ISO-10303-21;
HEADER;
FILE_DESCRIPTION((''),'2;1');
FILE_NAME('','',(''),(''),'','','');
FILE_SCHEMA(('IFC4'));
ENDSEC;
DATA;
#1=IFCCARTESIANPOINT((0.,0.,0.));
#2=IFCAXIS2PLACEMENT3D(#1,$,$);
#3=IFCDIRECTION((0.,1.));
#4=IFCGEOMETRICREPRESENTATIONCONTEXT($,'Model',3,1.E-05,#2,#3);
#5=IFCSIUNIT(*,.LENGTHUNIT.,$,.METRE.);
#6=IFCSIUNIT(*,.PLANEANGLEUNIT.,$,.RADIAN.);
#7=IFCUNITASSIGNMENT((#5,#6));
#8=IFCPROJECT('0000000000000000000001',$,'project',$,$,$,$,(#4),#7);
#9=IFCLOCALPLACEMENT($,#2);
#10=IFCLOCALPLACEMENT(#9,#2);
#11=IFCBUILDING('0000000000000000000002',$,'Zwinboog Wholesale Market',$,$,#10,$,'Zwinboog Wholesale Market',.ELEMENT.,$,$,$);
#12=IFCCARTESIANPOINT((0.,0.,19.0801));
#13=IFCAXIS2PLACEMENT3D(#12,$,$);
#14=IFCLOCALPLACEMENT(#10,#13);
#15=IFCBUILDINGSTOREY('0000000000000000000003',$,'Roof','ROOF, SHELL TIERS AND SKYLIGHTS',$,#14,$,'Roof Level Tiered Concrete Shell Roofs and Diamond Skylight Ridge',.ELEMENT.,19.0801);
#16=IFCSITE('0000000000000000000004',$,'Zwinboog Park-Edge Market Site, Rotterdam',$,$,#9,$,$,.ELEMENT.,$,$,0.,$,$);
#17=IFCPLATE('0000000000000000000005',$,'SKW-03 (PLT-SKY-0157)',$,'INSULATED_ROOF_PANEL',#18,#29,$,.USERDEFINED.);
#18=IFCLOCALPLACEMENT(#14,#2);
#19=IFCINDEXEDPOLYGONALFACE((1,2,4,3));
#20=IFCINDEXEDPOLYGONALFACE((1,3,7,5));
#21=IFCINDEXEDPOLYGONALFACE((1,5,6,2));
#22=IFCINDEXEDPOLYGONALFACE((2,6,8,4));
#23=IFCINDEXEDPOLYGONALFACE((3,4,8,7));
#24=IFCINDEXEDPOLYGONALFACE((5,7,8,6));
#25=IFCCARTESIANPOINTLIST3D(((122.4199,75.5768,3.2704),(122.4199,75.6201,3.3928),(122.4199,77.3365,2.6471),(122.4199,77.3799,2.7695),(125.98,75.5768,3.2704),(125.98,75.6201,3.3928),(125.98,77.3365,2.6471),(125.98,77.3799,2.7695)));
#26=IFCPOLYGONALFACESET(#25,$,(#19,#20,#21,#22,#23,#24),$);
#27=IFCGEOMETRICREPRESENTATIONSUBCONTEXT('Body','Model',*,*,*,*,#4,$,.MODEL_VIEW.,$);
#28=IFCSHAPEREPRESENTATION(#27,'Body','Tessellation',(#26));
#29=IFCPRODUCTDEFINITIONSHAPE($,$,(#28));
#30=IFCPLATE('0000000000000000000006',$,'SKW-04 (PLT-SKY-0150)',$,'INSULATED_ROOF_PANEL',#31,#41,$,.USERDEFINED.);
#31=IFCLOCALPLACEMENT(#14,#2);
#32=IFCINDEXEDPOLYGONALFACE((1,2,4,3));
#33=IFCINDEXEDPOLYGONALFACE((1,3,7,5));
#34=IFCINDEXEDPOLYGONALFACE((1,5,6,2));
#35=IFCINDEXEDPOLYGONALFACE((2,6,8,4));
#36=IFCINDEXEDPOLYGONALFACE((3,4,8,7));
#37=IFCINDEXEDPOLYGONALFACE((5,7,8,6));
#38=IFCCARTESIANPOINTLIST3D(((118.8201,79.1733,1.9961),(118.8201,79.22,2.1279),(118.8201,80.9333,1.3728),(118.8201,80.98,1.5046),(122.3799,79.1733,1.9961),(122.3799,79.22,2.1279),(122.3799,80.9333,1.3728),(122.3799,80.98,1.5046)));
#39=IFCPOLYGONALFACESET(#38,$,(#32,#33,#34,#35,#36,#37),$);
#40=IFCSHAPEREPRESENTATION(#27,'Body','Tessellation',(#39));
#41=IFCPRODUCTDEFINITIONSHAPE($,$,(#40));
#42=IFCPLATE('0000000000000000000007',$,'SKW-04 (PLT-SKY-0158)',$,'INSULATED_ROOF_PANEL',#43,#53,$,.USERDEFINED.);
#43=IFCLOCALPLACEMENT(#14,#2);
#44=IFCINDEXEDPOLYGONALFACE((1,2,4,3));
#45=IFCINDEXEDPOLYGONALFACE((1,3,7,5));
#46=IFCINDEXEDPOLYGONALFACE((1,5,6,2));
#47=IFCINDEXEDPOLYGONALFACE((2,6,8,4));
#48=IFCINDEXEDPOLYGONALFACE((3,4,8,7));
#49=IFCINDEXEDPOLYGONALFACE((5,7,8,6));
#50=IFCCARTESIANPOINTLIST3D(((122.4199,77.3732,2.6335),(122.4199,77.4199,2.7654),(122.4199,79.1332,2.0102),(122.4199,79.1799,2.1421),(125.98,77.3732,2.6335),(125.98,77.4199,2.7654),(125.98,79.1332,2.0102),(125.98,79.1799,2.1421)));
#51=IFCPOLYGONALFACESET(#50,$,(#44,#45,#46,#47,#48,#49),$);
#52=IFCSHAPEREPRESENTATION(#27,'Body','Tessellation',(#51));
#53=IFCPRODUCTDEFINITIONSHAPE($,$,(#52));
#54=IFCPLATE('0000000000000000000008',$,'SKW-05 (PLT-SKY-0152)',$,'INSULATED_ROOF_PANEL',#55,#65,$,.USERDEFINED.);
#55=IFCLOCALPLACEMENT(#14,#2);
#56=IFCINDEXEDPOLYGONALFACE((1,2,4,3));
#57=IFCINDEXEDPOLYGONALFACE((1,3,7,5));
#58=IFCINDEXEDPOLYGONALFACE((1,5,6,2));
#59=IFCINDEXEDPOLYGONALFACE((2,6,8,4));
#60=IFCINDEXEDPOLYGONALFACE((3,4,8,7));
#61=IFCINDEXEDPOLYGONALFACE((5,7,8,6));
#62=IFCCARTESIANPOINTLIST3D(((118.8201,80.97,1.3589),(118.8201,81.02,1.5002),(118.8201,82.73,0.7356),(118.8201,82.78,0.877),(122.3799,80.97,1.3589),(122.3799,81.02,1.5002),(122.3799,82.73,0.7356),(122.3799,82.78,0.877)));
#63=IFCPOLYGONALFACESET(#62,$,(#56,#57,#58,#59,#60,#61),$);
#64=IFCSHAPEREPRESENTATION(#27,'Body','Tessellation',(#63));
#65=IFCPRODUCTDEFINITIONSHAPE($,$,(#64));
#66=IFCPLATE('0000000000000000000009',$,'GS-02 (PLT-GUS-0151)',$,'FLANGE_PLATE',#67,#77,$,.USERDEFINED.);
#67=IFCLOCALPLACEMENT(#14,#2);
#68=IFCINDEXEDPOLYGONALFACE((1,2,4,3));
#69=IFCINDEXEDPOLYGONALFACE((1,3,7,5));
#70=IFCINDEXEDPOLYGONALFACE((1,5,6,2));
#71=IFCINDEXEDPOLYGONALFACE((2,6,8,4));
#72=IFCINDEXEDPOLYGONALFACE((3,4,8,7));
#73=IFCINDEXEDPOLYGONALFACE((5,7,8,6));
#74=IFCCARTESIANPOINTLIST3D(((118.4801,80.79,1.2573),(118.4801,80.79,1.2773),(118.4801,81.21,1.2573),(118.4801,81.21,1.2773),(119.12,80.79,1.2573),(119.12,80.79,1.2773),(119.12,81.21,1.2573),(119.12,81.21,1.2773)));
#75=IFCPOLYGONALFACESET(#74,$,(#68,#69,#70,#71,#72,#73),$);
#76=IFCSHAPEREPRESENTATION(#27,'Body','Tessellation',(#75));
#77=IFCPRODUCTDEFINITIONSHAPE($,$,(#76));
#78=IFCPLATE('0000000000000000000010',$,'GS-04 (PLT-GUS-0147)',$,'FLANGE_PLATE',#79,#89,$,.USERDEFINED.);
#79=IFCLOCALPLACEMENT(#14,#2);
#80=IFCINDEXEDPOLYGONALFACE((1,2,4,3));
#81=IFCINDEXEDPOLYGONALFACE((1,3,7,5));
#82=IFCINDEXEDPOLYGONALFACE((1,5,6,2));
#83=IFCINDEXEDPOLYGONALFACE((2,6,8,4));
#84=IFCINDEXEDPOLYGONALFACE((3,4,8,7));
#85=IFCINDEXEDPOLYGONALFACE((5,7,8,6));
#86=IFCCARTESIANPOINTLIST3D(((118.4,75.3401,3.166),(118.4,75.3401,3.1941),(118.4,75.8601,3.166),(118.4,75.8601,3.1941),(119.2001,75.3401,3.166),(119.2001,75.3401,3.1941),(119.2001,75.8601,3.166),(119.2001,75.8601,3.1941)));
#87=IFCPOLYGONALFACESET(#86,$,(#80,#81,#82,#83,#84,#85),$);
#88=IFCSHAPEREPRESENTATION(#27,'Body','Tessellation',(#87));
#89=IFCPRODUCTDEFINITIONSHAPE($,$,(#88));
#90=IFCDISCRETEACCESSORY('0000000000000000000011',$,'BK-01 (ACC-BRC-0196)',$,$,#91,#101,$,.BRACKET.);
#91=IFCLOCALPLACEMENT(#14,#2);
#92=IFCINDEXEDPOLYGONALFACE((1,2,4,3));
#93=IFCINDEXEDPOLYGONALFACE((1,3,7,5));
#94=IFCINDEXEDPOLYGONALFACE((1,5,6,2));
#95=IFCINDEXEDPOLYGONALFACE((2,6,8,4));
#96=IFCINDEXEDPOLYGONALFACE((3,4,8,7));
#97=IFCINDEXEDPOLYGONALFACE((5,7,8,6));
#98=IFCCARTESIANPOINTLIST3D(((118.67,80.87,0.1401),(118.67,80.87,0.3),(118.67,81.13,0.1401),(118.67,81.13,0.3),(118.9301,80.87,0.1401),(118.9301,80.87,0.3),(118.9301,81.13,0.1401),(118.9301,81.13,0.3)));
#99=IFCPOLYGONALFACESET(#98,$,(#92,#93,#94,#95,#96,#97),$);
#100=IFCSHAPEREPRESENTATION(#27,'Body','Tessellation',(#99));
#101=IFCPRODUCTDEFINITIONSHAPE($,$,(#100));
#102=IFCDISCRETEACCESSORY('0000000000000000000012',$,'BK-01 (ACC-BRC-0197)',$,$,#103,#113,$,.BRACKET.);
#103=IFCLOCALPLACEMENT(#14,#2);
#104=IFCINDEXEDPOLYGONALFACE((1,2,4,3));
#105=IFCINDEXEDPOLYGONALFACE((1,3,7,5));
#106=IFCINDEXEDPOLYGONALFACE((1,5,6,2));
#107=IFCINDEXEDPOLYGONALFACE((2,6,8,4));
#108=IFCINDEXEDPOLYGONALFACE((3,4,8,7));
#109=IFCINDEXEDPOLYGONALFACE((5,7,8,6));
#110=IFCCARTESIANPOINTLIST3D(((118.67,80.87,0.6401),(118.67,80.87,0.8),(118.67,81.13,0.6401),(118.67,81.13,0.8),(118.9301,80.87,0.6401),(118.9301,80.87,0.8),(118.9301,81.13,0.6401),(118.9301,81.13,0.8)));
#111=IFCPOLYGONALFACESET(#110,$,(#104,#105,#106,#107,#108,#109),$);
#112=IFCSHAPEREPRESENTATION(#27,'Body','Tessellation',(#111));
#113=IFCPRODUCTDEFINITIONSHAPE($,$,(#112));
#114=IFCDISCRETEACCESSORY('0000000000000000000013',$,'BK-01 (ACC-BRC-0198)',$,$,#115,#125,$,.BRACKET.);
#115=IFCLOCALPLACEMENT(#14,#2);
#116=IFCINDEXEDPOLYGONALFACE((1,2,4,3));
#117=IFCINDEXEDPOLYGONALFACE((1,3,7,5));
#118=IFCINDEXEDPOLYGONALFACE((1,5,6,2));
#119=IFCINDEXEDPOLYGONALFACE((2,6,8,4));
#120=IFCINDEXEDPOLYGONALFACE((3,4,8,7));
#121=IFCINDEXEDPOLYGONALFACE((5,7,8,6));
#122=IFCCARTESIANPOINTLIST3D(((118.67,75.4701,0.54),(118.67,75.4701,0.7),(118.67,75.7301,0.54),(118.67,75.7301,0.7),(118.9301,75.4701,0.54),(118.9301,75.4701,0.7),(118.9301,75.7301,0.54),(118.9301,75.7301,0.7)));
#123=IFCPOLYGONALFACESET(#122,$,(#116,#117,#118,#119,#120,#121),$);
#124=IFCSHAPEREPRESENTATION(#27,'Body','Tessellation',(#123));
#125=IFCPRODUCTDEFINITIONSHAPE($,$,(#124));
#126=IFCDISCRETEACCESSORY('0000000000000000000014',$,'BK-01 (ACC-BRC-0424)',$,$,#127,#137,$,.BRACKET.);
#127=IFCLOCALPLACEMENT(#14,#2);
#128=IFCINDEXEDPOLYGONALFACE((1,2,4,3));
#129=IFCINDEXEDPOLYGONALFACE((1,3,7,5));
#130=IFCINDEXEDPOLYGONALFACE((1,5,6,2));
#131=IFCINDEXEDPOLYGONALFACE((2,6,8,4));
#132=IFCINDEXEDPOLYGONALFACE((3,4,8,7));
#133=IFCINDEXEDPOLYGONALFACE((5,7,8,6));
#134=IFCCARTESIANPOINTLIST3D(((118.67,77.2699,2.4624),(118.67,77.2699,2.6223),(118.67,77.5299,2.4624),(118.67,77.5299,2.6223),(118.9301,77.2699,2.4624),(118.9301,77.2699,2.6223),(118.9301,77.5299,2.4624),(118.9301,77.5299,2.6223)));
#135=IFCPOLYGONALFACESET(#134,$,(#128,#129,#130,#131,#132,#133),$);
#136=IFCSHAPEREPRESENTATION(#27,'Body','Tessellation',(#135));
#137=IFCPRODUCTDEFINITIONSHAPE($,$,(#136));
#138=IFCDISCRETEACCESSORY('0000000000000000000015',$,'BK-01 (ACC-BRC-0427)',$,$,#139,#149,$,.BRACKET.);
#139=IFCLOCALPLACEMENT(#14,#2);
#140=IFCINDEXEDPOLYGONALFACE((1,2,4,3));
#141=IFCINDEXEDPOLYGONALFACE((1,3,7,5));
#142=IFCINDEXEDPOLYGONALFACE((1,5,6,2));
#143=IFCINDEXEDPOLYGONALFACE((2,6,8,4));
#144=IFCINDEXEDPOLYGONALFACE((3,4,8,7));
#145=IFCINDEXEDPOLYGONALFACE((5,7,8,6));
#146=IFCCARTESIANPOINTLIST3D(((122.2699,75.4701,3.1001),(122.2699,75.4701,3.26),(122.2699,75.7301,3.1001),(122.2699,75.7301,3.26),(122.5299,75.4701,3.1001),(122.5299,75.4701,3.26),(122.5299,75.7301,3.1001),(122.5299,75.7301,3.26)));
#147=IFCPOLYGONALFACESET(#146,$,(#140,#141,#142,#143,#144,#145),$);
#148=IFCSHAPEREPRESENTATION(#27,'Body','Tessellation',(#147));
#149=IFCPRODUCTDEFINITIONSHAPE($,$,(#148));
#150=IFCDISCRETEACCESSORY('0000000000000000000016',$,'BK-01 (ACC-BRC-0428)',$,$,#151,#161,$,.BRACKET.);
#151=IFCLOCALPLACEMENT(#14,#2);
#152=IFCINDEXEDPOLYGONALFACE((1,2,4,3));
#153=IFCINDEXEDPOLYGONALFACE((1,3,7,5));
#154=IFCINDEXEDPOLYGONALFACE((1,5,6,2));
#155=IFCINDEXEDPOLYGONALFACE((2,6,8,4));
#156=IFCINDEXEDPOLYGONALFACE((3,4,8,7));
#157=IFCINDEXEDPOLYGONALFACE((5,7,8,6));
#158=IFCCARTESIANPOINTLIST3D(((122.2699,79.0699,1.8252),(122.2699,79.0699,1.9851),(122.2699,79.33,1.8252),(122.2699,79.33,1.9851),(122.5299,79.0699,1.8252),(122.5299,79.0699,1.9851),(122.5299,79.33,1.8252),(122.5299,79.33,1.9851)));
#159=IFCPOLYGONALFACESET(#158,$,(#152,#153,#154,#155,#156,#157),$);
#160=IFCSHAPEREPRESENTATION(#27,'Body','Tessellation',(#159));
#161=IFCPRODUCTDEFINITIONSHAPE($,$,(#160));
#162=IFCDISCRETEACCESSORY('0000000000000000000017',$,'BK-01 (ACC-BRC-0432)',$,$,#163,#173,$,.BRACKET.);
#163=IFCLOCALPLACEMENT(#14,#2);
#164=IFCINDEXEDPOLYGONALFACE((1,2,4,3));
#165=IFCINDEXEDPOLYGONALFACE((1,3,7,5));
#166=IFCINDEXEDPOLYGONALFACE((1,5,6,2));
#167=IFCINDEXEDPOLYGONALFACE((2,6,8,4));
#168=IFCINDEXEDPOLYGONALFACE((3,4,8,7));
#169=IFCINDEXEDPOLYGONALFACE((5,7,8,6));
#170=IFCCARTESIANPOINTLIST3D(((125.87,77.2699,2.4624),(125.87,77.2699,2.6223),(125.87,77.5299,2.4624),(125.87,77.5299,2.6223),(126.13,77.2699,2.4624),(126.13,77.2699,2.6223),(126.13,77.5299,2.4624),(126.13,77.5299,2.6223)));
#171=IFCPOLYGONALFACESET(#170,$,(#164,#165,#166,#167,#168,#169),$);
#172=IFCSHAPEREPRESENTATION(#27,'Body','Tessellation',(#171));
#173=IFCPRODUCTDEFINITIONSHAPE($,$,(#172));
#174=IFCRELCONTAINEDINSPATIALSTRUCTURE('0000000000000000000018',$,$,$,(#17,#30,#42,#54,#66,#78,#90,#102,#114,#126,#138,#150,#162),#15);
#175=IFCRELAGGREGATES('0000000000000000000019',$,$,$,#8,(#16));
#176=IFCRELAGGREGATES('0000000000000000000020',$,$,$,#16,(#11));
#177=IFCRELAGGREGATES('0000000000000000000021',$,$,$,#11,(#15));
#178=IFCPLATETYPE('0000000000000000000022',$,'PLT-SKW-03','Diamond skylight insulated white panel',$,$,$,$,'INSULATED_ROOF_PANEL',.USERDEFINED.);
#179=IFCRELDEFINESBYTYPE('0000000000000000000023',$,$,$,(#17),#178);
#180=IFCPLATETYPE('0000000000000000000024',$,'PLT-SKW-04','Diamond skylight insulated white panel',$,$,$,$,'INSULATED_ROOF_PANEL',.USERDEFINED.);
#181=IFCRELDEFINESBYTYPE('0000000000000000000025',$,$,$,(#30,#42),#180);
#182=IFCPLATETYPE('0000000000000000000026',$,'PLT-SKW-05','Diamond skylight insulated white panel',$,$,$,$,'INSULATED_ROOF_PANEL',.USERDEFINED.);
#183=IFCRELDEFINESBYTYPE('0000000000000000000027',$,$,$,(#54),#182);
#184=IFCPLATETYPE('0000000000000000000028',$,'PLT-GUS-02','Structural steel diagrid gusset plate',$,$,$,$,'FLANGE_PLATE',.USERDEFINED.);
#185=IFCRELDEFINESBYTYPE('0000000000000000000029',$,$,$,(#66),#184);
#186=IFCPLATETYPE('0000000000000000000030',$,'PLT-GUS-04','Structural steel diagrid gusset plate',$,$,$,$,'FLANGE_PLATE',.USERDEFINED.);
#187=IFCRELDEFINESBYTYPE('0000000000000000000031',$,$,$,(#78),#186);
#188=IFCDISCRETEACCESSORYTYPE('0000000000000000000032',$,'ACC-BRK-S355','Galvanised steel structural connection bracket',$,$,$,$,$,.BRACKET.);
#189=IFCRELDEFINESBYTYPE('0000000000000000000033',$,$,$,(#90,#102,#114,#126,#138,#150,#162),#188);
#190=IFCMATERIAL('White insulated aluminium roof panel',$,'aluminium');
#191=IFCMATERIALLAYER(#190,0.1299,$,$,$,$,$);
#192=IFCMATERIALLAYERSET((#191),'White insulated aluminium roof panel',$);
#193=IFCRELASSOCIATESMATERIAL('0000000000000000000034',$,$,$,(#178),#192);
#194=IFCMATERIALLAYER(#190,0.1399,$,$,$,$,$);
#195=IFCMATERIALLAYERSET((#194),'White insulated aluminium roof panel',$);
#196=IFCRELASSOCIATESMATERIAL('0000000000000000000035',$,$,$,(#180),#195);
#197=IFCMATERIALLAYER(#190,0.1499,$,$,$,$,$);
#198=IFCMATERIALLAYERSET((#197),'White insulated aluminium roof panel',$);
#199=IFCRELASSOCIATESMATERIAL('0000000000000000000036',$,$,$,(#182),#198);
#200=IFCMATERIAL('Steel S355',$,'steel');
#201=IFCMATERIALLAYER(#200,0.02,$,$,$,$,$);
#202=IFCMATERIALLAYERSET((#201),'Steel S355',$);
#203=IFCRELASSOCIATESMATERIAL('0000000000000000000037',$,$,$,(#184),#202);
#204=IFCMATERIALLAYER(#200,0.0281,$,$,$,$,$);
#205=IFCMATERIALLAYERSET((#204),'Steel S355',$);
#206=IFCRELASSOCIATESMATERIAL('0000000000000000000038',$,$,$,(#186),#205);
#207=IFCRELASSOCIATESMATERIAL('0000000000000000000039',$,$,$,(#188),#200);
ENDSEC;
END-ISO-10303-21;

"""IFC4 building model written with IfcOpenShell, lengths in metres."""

from ifc_helpers import new_model, si_unit, direction, frame, origin, origin_2d, place, context, subcontext, project, spatial, polyline, rectangle, outline, extrude, material, layer, layer_set, type_object, element, save


model = new_model("IFC4")

# Units and contexts
model_context = context("Model", 3, precision=1e-05, world=origin(), true_north=direction((0.0, 1.0)))
body_context = subcontext(model_context, "Body", "Model", "MODEL_VIEW")
ifc_project = project(units=[si_unit("LENGTHUNIT", "METRE"), si_unit("PLANEANGLEUNIT", "RADIAN")], contexts=[model_context])

# Site, building, storey
site_placement = place(None, origin())
site = spatial("IfcSite", under=ifc_project, at=site_placement, Name="Zwinboog Park-Edge Market Site, Rotterdam", CompositionType="ELEMENT", RefElevation=0.0)
building_placement = place(site_placement, origin())
building = spatial("IfcBuilding", under=site, at=building_placement, Name="Zwinboog Wholesale Market", LongName="Zwinboog Wholesale Market", CompositionType="ELEMENT")
storey_placement = place(building_placement, frame((0.0, 0.0, 19.0801)))
storey = spatial("IfcBuildingStorey", under=building, at=storey_placement, Name="Roof", Description="ROOF, SHELL TIERS AND SKYLIGHTS", LongName="Roof Level Tiered Concrete Shell Roofs and Diamond Skylight Ridge", CompositionType="ELEMENT", Elevation=19.0801)

# Shared definitions
ifc_material_1 = material(Name="Steel S355", Category="steel")

# Plates
ifc_material_2 = material(Name="White insulated aluminium roof panel", Category="aluminium")
ifc_layer_1 = layer(ifc_material_2, 0.1299)
ifc_layer_set_1 = layer_set([ifc_layer_1], Name="White insulated aluminium roof panel")
plate_type_1 = type_object("IfcPlateType", Name="PLT-SKW-03", Description="Diamond skylight insulated white panel", ElementType="INSULATED_ROOF_PANEL", PredefinedType="USERDEFINED", material=ifc_layer_set_1)
plate_1_placement = place(storey_placement, frame((122.4199, 75.6201, 3.3928), z_axis=(0.0, 0.333867, 0.94262), x_axis=(1.0, 0.0, 0.0)))
element("IfcPlate", 1, at=plate_1_placement, inside=storey, type_object=plate_type_1, Name="SKW-03 (PLT-SKY-0157)", ObjectType="INSULATED_ROOF_PANEL", PredefinedType="USERDEFINED", context=body_context, shape_type="SweptSolid", body=[
    extrude(outline(polyline([(0.0, 0.0), (3.5601, 0.0), (3.5601, 1.8669), (0.0, 1.8669), (0.0, 0.0)])), origin(), (0.0, 0.0, -1.0), 0.1299),
])
ifc_layer_2 = layer(ifc_material_2, 0.1399)
ifc_layer_set_2 = layer_set([ifc_layer_2], Name="White insulated aluminium roof panel")
plate_type_2 = type_object("IfcPlateType", Name="PLT-SKW-04", Description="Diamond skylight insulated white panel", ElementType="INSULATED_ROOF_PANEL", PredefinedType="USERDEFINED", material=ifc_layer_set_2)
plate_2_placement = place(storey_placement, frame((118.8201, 79.22, 2.1279), z_axis=(0.0, 0.333825, 0.942635), x_axis=(1.0, 0.0, 0.0)))
element("IfcPlate", 2, at=plate_2_placement, inside=storey, type_object=plate_type_2, Name="SKW-04 (PLT-SKY-0150)", ObjectType="INSULATED_ROOF_PANEL", PredefinedType="USERDEFINED", context=body_context, shape_type="SweptSolid", body=[
    extrude(outline(polyline([(0.0, 0.0), (3.5598, 0.0), (3.5598, 1.8671), (0.0, 1.8671), (0.0, 0.0)])), origin(), (0.0, 0.0, -1.0), 0.1399),
])
plate_3_placement = place(storey_placement, frame((122.4199, 77.4199, 2.7654), z_axis=(0.0, 0.333825, 0.942635), x_axis=(1.0, 0.0, 0.0)))
element("IfcPlate", 3, at=plate_3_placement, inside=storey, type_object=plate_type_2, Name="SKW-04 (PLT-SKY-0158)", ObjectType="INSULATED_ROOF_PANEL", PredefinedType="USERDEFINED", context=body_context, shape_type="SweptSolid", body=[
    extrude(outline(polyline([(0.0, 0.0), (3.5601, 0.0), (3.5601, 1.8671), (0.0, 1.8671), (0.0, 0.0)])), origin(), (0.0, 0.0, -1.0), 0.1399),
])
ifc_layer_3 = layer(ifc_material_2, 0.1499)
ifc_layer_set_3 = layer_set([ifc_layer_3], Name="White insulated aluminium roof panel")
plate_type_3 = type_object("IfcPlateType", Name="PLT-SKW-05", Description="Diamond skylight insulated white panel", ElementType="INSULATED_ROOF_PANEL", PredefinedType="USERDEFINED", material=ifc_layer_set_3)
plate_4_placement = place(storey_placement, frame((118.8201, 81.02, 1.5002), z_axis=(0.0, 0.333825, 0.942635), x_axis=(1.0, 0.0, 0.0)))
element("IfcPlate", 4, at=plate_4_placement, inside=storey, type_object=plate_type_3, Name="SKW-05 (PLT-SKY-0152)", ObjectType="INSULATED_ROOF_PANEL", PredefinedType="USERDEFINED", context=body_context, shape_type="SweptSolid", body=[
    extrude(outline(polyline([(0.0, 0.0), (3.5598, 0.0), (3.5598, 1.8671), (0.0, 1.8671), (0.0, 0.0)])), origin(), (0.0, 0.0, -1.0), 0.1499),
])
ifc_layer_4 = layer(ifc_material_1, 0.02)
ifc_layer_set_4 = layer_set([ifc_layer_4], Name="Steel S355")
plate_type_4 = type_object("IfcPlateType", Name="PLT-GUS-02", Description="Structural steel diagrid gusset plate", ElementType="FLANGE_PLATE", PredefinedType="USERDEFINED", material=ifc_layer_set_4)
plate_5_placement = place(storey_placement, frame((118.8, 81.0, 1.2573), z_axis=(0.0, 0.0, 1.0), x_axis=(1.0, 0.0, 0.0)))
element("IfcPlate", 5, at=plate_5_placement, inside=storey, type_object=plate_type_4, Name="GS-02 (PLT-GUS-0151)", ObjectType="FLANGE_PLATE", PredefinedType="USERDEFINED", context=body_context, shape_type="SweptSolid", body=[
    extrude(rectangle(XDim=0.6399, YDim=0.4199, at=origin_2d()), origin(), (0.0, 0.0, 1.0), 0.02),
])
ifc_layer_5 = layer(ifc_material_1, 0.0281)
ifc_layer_set_5 = layer_set([ifc_layer_5], Name="Steel S355")
plate_type_5 = type_object("IfcPlateType", Name="PLT-GUS-04", Description="Structural steel diagrid gusset plate", ElementType="FLANGE_PLATE", PredefinedType="USERDEFINED", material=ifc_layer_set_5)
plate_6_placement = place(storey_placement, frame((118.8, 75.6001, 3.166), z_axis=(0.0, 0.0, 1.0), x_axis=(1.0, 0.0, 0.0)))
element("IfcPlate", 6, at=plate_6_placement, inside=storey, type_object=plate_type_5, Name="GS-04 (PLT-GUS-0147)", ObjectType="FLANGE_PLATE", PredefinedType="USERDEFINED", context=body_context, shape_type="SweptSolid", body=[
    extrude(rectangle(XDim=0.8, YDim=0.52, at=origin_2d()), origin(), (0.0, 0.0, 1.0), 0.0281),
])

# Discrete accessories
discrete_accessory_type = type_object("IfcDiscreteAccessoryType", Name="ACC-BRK-S355", Description="Galvanised steel structural connection bracket", PredefinedType="BRACKET", material=ifc_material_1)
for number, where, z_axis, x_axis, name in (
    (7, (118.8, 81.0, 0.1401), (0.0, 0.0, 1.0), (1.0, 0.0, 0.0), "BK-01 (ACC-BRC-0196)"),
    (8, (118.8, 81.0, 0.6401), (0.0, 0.0, 1.0), (1.0, 0.0, 0.0), "BK-01 (ACC-BRC-0197)"),
    (9, (118.8, 75.6001, 0.54), (0.0, 0.0, 1.0), (1.0, 0.0, 0.0), "BK-01 (ACC-BRC-0198)"),
    (10, (118.8, 77.3999, 2.4624), (0.0, 0.0, 1.0), (1.0, 0.0, 0.0), "BK-01 (ACC-BRC-0424)"),
    (11, (122.3999, 75.6001, 3.1001), (0.0, 0.0, 1.0), (1.0, 0.0, 0.0), "BK-01 (ACC-BRC-0427)"),
    (12, (122.3999, 79.2, 1.8252), (0.0, 0.0, 1.0), (1.0, 0.0, 0.0), "BK-01 (ACC-BRC-0428)"),
    (13, (126.0, 77.3999, 2.4624), (0.0, 0.0, 1.0), (1.0, 0.0, 0.0), "BK-01 (ACC-BRC-0432)"),
):
    element("IfcDiscreteAccessory", number, at=place(storey_placement, frame(where, z_axis=z_axis, x_axis=x_axis)), inside=storey, type_object=discrete_accessory_type, Name=name, PredefinedType="BRACKET", context=body_context, shape_type="SweptSolid", body=[
        extrude(rectangle(XDim=0.26, YDim=0.26, at=origin_2d()), origin(), (0.0, 0.0, 1.0), 0.1599),
    ])

save(model, "model.ifc")
